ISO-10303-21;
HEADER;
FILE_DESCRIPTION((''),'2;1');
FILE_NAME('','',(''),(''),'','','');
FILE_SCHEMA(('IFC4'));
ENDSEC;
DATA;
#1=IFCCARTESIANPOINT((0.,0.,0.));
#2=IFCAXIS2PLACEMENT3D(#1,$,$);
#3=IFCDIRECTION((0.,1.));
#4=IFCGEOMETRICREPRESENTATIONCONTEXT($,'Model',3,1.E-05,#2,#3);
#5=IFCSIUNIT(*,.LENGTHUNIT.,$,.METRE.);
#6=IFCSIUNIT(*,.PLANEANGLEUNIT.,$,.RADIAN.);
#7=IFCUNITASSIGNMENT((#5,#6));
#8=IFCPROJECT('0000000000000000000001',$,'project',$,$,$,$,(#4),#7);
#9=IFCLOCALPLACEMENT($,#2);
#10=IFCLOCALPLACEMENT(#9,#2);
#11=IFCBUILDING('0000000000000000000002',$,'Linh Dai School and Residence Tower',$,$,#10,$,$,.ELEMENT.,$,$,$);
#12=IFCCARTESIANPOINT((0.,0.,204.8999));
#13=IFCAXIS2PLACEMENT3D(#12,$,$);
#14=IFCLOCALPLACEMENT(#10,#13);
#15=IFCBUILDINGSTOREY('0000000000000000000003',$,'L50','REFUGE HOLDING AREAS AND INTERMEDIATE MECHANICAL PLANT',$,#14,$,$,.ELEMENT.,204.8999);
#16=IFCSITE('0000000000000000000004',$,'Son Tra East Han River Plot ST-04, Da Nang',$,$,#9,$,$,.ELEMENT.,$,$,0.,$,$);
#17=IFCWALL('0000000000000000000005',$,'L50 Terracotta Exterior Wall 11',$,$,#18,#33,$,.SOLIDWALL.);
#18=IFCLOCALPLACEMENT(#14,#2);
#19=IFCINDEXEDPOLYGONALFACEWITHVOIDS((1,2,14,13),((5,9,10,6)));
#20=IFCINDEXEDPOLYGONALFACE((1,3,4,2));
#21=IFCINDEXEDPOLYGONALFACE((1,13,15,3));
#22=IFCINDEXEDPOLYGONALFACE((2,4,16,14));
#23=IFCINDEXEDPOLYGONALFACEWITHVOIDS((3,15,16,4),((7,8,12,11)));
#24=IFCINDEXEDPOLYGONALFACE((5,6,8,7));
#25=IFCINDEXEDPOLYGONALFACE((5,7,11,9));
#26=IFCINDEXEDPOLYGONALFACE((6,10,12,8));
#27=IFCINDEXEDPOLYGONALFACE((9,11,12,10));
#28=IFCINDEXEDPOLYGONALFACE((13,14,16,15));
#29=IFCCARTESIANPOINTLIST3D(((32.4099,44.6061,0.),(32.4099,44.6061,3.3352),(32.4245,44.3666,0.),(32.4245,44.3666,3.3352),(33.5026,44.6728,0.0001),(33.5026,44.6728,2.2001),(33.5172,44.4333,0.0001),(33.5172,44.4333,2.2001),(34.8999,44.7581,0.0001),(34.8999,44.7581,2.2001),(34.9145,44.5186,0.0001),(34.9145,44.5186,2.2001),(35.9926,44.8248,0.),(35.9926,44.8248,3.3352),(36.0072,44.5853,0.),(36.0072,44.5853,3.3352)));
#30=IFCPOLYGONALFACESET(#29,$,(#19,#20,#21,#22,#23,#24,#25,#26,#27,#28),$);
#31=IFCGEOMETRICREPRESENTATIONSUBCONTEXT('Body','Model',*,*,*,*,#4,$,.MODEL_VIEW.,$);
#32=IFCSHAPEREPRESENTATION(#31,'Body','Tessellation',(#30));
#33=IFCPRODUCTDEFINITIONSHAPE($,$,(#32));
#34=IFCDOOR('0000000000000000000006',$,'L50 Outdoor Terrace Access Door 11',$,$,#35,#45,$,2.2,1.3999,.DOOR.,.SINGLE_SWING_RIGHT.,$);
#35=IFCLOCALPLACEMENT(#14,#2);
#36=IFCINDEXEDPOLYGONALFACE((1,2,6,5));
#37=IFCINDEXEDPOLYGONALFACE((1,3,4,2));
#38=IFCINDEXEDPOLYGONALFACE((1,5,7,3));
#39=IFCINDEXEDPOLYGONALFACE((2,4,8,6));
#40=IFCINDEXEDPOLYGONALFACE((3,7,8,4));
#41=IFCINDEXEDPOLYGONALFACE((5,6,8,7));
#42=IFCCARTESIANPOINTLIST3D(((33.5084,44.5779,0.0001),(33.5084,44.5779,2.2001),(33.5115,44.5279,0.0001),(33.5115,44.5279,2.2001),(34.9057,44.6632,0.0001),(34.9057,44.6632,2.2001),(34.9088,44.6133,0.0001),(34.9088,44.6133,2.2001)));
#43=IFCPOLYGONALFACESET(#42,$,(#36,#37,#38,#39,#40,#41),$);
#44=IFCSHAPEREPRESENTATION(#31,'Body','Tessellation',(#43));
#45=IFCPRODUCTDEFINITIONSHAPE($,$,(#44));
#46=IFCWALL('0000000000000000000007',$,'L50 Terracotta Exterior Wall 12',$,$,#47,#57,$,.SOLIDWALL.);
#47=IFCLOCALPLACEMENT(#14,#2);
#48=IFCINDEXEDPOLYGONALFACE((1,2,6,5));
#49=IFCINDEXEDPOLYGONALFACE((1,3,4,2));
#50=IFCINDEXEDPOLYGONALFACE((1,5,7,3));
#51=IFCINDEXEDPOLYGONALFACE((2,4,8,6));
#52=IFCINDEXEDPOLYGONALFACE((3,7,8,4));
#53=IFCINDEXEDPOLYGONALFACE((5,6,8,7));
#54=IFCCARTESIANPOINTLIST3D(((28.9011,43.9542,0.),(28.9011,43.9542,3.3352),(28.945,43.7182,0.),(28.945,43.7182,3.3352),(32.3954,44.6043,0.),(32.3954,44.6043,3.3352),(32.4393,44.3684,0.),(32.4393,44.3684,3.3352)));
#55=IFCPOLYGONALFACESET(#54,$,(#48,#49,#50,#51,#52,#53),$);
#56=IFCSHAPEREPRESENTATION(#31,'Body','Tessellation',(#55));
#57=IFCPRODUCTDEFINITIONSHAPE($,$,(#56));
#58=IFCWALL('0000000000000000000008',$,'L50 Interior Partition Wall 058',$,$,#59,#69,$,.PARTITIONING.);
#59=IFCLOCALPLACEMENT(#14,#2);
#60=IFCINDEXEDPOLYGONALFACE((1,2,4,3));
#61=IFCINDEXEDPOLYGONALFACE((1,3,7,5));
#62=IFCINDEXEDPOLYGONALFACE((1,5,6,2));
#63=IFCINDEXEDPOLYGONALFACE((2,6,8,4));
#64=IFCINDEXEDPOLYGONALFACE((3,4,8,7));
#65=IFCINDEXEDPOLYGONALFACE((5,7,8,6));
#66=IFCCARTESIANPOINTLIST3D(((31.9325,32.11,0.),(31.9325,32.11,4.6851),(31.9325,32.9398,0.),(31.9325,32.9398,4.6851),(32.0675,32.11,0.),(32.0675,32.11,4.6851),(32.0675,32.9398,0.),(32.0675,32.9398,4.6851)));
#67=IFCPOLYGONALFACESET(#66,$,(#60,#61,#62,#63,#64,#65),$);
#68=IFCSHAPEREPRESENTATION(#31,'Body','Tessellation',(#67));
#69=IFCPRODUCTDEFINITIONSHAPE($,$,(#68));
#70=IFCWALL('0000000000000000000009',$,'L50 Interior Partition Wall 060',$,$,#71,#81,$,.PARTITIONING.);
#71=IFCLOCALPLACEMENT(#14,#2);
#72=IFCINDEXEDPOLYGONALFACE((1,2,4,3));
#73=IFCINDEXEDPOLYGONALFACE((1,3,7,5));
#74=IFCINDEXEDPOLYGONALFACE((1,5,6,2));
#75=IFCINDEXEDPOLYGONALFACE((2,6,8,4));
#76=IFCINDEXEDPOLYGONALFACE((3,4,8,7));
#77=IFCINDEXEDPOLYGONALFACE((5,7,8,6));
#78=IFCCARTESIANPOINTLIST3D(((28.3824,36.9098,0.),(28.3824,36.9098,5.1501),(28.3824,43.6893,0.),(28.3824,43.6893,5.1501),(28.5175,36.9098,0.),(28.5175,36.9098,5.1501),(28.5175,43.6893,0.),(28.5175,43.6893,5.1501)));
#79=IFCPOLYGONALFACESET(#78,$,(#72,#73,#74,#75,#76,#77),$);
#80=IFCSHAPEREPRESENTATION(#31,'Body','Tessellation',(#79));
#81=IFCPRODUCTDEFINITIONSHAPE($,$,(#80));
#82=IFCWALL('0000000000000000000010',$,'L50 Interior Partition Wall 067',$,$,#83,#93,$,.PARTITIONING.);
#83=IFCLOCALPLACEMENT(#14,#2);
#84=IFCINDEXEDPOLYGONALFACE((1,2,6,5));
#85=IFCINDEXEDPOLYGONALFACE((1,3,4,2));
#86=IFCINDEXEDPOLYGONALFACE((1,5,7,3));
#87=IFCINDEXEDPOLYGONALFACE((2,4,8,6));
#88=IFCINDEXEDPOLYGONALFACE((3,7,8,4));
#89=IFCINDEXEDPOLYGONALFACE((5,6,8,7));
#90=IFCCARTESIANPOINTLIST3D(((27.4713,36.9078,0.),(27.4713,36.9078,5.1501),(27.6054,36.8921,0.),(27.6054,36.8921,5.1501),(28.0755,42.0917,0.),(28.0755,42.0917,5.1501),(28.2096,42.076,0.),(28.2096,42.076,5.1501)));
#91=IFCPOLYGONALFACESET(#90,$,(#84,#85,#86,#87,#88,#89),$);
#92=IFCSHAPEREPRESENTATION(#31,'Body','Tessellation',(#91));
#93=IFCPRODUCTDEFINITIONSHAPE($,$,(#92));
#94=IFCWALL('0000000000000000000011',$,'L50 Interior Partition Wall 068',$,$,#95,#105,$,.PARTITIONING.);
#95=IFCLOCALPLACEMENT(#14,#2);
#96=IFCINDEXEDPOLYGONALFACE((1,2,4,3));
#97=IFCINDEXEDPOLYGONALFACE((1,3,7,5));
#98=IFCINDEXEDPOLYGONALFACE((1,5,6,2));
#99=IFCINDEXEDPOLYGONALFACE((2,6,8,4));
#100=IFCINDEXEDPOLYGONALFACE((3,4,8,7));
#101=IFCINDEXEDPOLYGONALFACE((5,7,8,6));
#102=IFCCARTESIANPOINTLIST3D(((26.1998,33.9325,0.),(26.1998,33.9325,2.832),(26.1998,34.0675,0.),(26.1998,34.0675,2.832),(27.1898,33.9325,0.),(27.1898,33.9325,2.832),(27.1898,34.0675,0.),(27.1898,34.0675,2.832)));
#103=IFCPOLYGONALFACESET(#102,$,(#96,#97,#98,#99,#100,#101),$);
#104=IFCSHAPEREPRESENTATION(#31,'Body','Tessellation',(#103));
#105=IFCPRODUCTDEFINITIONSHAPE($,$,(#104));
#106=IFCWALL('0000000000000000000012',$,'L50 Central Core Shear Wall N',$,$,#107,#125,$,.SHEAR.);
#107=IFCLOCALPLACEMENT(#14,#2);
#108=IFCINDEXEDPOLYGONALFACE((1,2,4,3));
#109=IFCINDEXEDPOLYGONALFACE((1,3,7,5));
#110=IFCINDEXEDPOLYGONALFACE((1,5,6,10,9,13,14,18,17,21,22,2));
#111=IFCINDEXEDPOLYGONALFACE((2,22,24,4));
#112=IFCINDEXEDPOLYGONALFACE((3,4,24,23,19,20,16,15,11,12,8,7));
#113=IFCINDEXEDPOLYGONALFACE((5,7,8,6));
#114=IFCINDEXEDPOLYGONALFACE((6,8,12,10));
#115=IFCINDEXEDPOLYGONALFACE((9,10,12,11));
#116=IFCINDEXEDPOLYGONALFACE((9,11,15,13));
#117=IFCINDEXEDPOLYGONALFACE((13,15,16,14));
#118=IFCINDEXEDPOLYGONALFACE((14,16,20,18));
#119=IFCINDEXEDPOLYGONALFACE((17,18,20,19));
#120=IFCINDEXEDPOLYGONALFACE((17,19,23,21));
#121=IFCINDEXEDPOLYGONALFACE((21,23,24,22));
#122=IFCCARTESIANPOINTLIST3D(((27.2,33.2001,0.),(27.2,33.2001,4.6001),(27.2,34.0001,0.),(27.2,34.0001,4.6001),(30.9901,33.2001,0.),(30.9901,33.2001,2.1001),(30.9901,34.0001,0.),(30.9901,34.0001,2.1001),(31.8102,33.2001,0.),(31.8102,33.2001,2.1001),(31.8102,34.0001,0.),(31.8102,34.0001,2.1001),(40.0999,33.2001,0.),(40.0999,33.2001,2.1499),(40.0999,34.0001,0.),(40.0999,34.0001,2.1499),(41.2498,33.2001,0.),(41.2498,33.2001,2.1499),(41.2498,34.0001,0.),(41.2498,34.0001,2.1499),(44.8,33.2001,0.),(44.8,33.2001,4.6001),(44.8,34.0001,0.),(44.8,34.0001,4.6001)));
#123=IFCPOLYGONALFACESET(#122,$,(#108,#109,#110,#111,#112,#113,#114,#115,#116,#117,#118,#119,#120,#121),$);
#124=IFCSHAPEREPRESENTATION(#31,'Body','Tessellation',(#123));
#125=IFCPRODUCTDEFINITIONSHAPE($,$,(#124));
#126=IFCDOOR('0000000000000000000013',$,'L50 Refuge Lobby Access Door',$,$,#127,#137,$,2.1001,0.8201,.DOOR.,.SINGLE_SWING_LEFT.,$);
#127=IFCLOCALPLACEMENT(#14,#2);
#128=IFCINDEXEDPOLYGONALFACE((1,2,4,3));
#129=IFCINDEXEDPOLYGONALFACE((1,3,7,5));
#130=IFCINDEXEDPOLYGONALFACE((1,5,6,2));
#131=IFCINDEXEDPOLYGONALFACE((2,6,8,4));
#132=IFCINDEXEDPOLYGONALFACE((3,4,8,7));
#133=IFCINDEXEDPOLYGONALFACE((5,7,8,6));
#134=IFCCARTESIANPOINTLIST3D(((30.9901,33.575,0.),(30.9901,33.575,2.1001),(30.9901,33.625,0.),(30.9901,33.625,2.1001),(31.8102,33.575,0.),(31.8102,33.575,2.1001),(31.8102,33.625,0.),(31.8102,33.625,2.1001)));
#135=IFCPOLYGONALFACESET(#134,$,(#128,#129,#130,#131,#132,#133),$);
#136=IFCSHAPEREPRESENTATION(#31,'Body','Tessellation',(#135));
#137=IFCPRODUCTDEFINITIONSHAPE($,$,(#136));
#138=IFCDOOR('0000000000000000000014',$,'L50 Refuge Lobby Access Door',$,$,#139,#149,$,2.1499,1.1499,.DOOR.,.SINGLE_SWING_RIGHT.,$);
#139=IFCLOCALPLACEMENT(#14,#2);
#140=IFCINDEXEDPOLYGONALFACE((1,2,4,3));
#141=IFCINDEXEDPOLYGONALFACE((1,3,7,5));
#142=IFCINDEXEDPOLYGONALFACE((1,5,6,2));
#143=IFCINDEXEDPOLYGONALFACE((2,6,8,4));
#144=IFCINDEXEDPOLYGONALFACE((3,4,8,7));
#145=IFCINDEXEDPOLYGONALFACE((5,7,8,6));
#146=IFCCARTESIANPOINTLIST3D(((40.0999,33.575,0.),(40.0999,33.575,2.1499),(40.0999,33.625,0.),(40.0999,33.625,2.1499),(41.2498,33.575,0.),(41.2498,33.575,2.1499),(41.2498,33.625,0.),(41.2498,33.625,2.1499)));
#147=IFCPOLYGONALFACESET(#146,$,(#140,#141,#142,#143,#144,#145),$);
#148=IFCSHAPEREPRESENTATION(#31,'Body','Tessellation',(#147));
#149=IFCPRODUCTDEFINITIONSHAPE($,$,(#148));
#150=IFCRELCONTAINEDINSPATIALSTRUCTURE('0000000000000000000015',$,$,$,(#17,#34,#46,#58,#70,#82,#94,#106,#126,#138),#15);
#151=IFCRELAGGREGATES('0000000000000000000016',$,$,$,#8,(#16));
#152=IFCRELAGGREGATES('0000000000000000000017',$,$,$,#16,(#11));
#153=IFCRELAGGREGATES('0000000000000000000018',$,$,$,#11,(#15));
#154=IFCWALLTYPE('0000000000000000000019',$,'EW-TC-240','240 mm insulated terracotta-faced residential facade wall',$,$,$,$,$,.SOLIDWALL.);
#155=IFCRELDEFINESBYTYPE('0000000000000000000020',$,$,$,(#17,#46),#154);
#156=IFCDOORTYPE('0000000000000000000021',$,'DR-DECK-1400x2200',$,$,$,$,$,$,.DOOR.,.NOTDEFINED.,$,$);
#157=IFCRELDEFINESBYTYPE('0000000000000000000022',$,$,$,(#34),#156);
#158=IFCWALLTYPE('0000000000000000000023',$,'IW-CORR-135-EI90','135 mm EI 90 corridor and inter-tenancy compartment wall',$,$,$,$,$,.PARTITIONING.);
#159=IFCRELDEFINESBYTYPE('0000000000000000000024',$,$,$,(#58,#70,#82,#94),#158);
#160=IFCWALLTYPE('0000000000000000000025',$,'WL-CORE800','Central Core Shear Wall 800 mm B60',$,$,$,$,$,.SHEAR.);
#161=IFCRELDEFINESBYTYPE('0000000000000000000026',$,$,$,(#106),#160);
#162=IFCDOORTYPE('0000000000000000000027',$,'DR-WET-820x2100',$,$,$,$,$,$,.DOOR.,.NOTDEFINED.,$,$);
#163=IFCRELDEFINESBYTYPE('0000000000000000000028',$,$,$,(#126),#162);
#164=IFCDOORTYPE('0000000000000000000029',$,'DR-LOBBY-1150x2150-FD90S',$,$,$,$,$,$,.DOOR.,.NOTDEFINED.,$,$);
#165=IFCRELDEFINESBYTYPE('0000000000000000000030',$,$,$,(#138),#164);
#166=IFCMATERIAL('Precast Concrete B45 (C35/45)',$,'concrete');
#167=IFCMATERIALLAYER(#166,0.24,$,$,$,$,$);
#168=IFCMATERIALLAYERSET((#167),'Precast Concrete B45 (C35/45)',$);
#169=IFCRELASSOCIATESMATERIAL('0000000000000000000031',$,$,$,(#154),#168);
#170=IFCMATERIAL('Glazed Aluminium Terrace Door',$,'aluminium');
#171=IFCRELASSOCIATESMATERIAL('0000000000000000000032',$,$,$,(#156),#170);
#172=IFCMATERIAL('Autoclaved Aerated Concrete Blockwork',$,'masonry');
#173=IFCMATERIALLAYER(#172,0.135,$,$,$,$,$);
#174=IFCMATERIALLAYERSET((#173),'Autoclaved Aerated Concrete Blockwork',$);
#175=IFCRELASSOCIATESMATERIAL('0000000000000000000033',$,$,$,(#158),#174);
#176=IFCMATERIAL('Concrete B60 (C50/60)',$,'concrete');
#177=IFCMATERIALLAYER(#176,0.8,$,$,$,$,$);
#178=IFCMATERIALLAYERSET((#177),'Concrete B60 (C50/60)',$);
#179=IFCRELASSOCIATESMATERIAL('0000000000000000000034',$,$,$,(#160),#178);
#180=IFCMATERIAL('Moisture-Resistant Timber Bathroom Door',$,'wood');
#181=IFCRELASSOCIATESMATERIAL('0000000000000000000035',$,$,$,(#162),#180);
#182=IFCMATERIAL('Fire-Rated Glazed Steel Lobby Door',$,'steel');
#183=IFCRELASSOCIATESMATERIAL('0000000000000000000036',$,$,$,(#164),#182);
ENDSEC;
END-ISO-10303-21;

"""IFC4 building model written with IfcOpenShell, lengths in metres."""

from ifc_helpers import new_model, si_unit, direction, frame, frame_2d, origin, origin_2d, place, context, subcontext, project, spatial, rectangle, extrude, source, transform, mapped, material, layer, layer_set, type_object, element, fill, save


model = new_model("IFC4")

# Units and contexts
model_context = context("Model", 3, precision=1e-05, world=origin(), true_north=direction((0.0, 1.0)))
body_context = subcontext(model_context, "Body", "Model", "MODEL_VIEW")
ifc_project = project(units=[si_unit("LENGTHUNIT", "METRE"), si_unit("PLANEANGLEUNIT", "RADIAN")], contexts=[model_context])

# Site, building, storey
site_placement = place(None, origin())
site = spatial("IfcSite", under=ifc_project, at=site_placement, Name="Son Tra East Han River Plot ST-04, Da Nang", CompositionType="ELEMENT", RefElevation=0.0)
building_placement = place(site_placement, origin())
building = spatial("IfcBuilding", under=site, at=building_placement, Name="Linh Dai School and Residence Tower", CompositionType="ELEMENT")
storey_placement = place(building_placement, frame((0.0, 0.0, 204.8999)))
storey = spatial("IfcBuildingStorey", under=building, at=storey_placement, Name="L50", Description="REFUGE HOLDING AREAS AND INTERMEDIATE MECHANICAL PLANT", CompositionType="ELEMENT", Elevation=204.8999)

# Shared definitions
ifc_material_1 = material(Name="Concrete B60 (C50/60)", Category="concrete")

# Wall, opening, door
ifc_material_2 = material(Name="Precast Concrete B45 (C35/45)", Category="concrete")
ifc_layer_1 = layer(ifc_material_2, 0.24)
ifc_layer_set_1 = layer_set([ifc_layer_1], Name="Precast Concrete B45 (C35/45)")
wall_type_1 = type_object("IfcWallType", Name="EW-TC-240", Description="240 mm insulated terracotta-faced residential facade wall", PredefinedType="SOLIDWALL", material=ifc_layer_set_1)
wall_1_placement = place(storey_placement, frame((32.4172, 44.4863, 0.0), z_axis=(0.0, 0.0, 1.0), x_axis=(0.998141, 0.060943, 0.0)))
wall_1 = element("IfcWall", 1, at=wall_1_placement, inside=storey, type_object=wall_type_1, Name="L50 Terracotta Exterior Wall 11", PredefinedType="SOLIDWALL", context=body_context, shape_type="SweptSolid", body=[
    extrude(rectangle(XDim=3.5894, YDim=0.24, at=frame_2d((1.7947, 0.0))), origin(), (0.0, 0.0, 1.0), 3.3352),
])
opening_1_placement = place(wall_1_placement, frame((1.0947, 0.0, 0.0)))
opening_1 = element("IfcOpeningElement", 2, at=opening_1_placement, cuts=wall_1, PredefinedType="OPENING", context=body_context, shape_type="SweptSolid", body=[
    extrude(rectangle(XDim=1.3999, YDim=2.2, at=origin_2d()), frame((0.7, 0.1299, 1.1001), z_axis=(0.0, -1.0, 0.0), x_axis=(1.0, 0.0, 0.0)), (0.0, 0.0, 1.0), 0.26),
])
ifc_material_3 = material(Name="Glazed Aluminium Terrace Door", Category="aluminium")
door_type_1 = type_object("IfcDoorType", Name="DR-DECK-1400x2200", OperationType="NOTDEFINED", PredefinedType="DOOR", material=ifc_material_3)
shared_shape_1 = source(origin(), body_context, "Body", "SweptSolid", [
    extrude(rectangle(XDim=1.3999, YDim=2.2, at=origin_2d()), frame((0.7, 0.0249, 1.1001), z_axis=(0.0, -1.0, 0.0), x_axis=(1.0, 0.0, 0.0)), (0.0, 0.0, 1.0), 0.05),
])
door_1_placement = place(opening_1_placement, origin())
door_1 = element("IfcDoor", 3, at=door_1_placement, inside=storey, type_object=door_type_1, Name="L50 Outdoor Terrace Access Door 11", OperationType="SINGLE_SWING_RIGHT", OverallHeight=2.2, OverallWidth=1.3999, PredefinedType="DOOR", context=body_context, shape_type="MappedRepresentation", body=[
    mapped(shared_shape_1, transform((0.0, 0.0, 0.0), x_axis=(1.0, 0.0, 0.0), y_axis=(0.0, 1.0, 0.0), z_axis=(0.0, 0.0, 1.0), scale=1.0)),
])
fill(opening_1, door_1)

# Wall
wall_2_placement = place(storey_placement, frame((28.9231, 43.8362, 0.0), z_axis=(0.0, 0.0, 1.0), x_axis=(0.983126, 0.182928, 0.0)))
element("IfcWall", 4, at=wall_2_placement, inside=storey, type_object=wall_type_1, Name="L50 Terracotta Exterior Wall 12", PredefinedType="SOLIDWALL", context=body_context, shape_type="SweptSolid", body=[
    extrude(rectangle(XDim=3.5542, YDim=0.24, at=frame_2d((1.7771, 0.0))), origin(), (0.0, 0.0, 1.0), 3.3352),
])

# Shared definitions
ifc_material_4 = material(Name="Autoclaved Aerated Concrete Blockwork", Category="masonry")
ifc_layer_2 = layer(ifc_material_4, 0.135)
ifc_layer_set_2 = layer_set([ifc_layer_2], Name="Autoclaved Aerated Concrete Blockwork")
wall_type_2 = type_object("IfcWallType", Name="IW-CORR-135-EI90", Description="135 mm EI 90 corridor and inter-tenancy compartment wall", PredefinedType="PARTITIONING", material=ifc_layer_set_2)

# Walls
wall_3_placement = place(storey_placement, frame((32.0, 32.9399, 0.0), z_axis=(0.0, 0.0, 1.0), x_axis=(0.0, -1.0, 0.0)))
element("IfcWall", 5, at=wall_3_placement, inside=storey, type_object=wall_type_2, Name="L50 Interior Partition Wall 058", PredefinedType="PARTITIONING", context=body_context, shape_type="SweptSolid", body=[
    extrude(rectangle(XDim=0.8298, YDim=0.135, at=frame_2d((0.415, 0.0))), origin(), (0.0, 0.0, 1.0), 4.6851),
])
wall_4_placement = place(storey_placement, frame((28.45, 36.9099, 0.0), z_axis=(0.0, 0.0, 1.0), x_axis=(0.0, 1.0, 0.0)))
element("IfcWall", 6, at=wall_4_placement, inside=storey, type_object=wall_type_2, Name="L50 Interior Partition Wall 060", PredefinedType="PARTITIONING", context=body_context, shape_type="SweptSolid", body=[
    extrude(rectangle(XDim=6.7795, YDim=0.135, at=frame_2d((3.3896, 0.0))), origin(), (0.0, 0.0, 1.0), 5.1501),
])
wall_5_placement = place(storey_placement, frame((28.1426, 42.0837, 0.0), z_axis=(0.0, 0.0, 1.0), x_axis=(-0.11578, -0.993275, 0.0)))
element("IfcWall", 7, at=wall_5_placement, inside=storey, type_object=wall_type_2, Name="L50 Interior Partition Wall 067", PredefinedType="PARTITIONING", context=body_context, shape_type="SweptSolid", body=[
    extrude(rectangle(XDim=5.219, YDim=0.135, at=frame_2d((2.6094, 0.0))), origin(), (0.0, 0.0, 1.0), 5.1501),
])
wall_6_placement = place(storey_placement, frame((27.1899, 34.0, 0.0), z_axis=(0.0, 0.0, 1.0), x_axis=(-1.0, 0.0, 0.0)))
element("IfcWall", 8, at=wall_6_placement, inside=storey, type_object=wall_type_2, Name="L50 Interior Partition Wall 068", PredefinedType="PARTITIONING", context=body_context, shape_type="SweptSolid", body=[
    extrude(rectangle(XDim=0.99, YDim=0.135, at=frame_2d((0.4951, 0.0))), origin(), (0.0, 0.0, 1.0), 2.832),
])

# Wall, openings, doors
ifc_layer_3 = layer(ifc_material_1, 0.8)
ifc_layer_set_3 = layer_set([ifc_layer_3], Name="Concrete B60 (C50/60)")
wall_type_3 = type_object("IfcWallType", Name="WL-CORE800", Description="Central Core Shear Wall 800 mm B60", PredefinedType="SHEAR", material=ifc_layer_set_3)
wall_7_placement = place(storey_placement, frame((27.2, 33.6001, 0.0), z_axis=(0.0, 0.0, 1.0), x_axis=(1.0, 0.0, 0.0)))
wall_7 = element("IfcWall", 9, at=wall_7_placement, inside=storey, type_object=wall_type_3, Name="L50 Central Core Shear Wall N", PredefinedType="SHEAR", context=body_context, shape_type="SweptSolid", body=[
    extrude(rectangle(XDim=17.6001, YDim=0.8, at=frame_2d((8.8, 0.0))), origin(), (0.0, 0.0, 1.0), 4.6001),
])
opening_2_placement = place(wall_7_placement, frame((3.79, 0.0, 0.0)))
opening_2 = element("IfcOpeningElement", 10, at=opening_2_placement, cuts=wall_7, PredefinedType="OPENING", context=body_context, shape_type="SweptSolid", body=[
    extrude(rectangle(XDim=0.8201, YDim=2.1001, at=origin_2d()), frame((0.4102, 0.4102, 1.05), z_axis=(0.0, -1.0, 0.0), x_axis=(1.0, 0.0, 0.0)), (0.0, 0.0, 1.0), 0.8201),
])
opening_3_placement = place(wall_7_placement, frame((12.8999, 0.0, 0.0)))
opening_3 = element("IfcOpeningElement", 11, at=opening_3_placement, cuts=wall_7, PredefinedType="OPENING", context=body_context, shape_type="SweptSolid", body=[
    extrude(rectangle(XDim=1.1499, YDim=2.1499, at=origin_2d()), frame((0.575, 0.4102, 1.075), z_axis=(0.0, -1.0, 0.0), x_axis=(1.0, 0.0, 0.0)), (0.0, 0.0, 1.0), 0.8201),
])
ifc_material_5 = material(Name="Moisture-Resistant Timber Bathroom Door", Category="wood")
door_type_2 = type_object("IfcDoorType", Name="DR-WET-820x2100", OperationType="NOTDEFINED", PredefinedType="DOOR", material=ifc_material_5)
shared_shape_2 = source(origin(), body_context, "Body", "SweptSolid", [
    extrude(rectangle(XDim=0.8201, YDim=2.1001, at=origin_2d()), frame((0.4102, 0.0249, 1.05), z_axis=(0.0, -1.0, 0.0), x_axis=(1.0, 0.0, 0.0)), (0.0, 0.0, 1.0), 0.05),
])
door_2_placement = place(opening_2_placement, origin())
door_2 = element("IfcDoor", 12, at=door_2_placement, inside=storey, type_object=door_type_2, Name="L50 Refuge Lobby Access Door", OperationType="SINGLE_SWING_LEFT", OverallHeight=2.1001, OverallWidth=0.8201, PredefinedType="DOOR", context=body_context, shape_type="MappedRepresentation", body=[
    mapped(shared_shape_2, transform((0.0, 0.0, 0.0), x_axis=(1.0, 0.0, 0.0), y_axis=(0.0, 1.0, 0.0), z_axis=(0.0, 0.0, 1.0), scale=1.0)),
])
fill(opening_2, door_2)
ifc_material_6 = material(Name="Fire-Rated Glazed Steel Lobby Door", Category="steel")
door_type_3 = type_object("IfcDoorType", Name="DR-LOBBY-1150x2150-FD90S", OperationType="NOTDEFINED", PredefinedType="DOOR", material=ifc_material_6)
shared_shape_3 = source(origin(), body_context, "Body", "SweptSolid", [
    extrude(rectangle(XDim=1.1499, YDim=2.1499, at=origin_2d()), frame((0.575, 0.0249, 1.075), z_axis=(0.0, -1.0, 0.0), x_axis=(1.0, 0.0, 0.0)), (0.0, 0.0, 1.0), 0.05),
])
door_3_placement = place(opening_3_placement, origin())
door_3 = element("IfcDoor", 13, at=door_3_placement, inside=storey, type_object=door_type_3, Name="L50 Refuge Lobby Access Door", OperationType="SINGLE_SWING_RIGHT", OverallHeight=2.1499, OverallWidth=1.1499, PredefinedType="DOOR", context=body_context, shape_type="MappedRepresentation", body=[
    mapped(shared_shape_3, transform((0.0, 0.0, 0.0), x_axis=(1.0, 0.0, 0.0), y_axis=(0.0, 1.0, 0.0), z_axis=(0.0, 0.0, 1.0), scale=1.0)),
])
fill(opening_3, door_3)

save(model, "model.ifc")
